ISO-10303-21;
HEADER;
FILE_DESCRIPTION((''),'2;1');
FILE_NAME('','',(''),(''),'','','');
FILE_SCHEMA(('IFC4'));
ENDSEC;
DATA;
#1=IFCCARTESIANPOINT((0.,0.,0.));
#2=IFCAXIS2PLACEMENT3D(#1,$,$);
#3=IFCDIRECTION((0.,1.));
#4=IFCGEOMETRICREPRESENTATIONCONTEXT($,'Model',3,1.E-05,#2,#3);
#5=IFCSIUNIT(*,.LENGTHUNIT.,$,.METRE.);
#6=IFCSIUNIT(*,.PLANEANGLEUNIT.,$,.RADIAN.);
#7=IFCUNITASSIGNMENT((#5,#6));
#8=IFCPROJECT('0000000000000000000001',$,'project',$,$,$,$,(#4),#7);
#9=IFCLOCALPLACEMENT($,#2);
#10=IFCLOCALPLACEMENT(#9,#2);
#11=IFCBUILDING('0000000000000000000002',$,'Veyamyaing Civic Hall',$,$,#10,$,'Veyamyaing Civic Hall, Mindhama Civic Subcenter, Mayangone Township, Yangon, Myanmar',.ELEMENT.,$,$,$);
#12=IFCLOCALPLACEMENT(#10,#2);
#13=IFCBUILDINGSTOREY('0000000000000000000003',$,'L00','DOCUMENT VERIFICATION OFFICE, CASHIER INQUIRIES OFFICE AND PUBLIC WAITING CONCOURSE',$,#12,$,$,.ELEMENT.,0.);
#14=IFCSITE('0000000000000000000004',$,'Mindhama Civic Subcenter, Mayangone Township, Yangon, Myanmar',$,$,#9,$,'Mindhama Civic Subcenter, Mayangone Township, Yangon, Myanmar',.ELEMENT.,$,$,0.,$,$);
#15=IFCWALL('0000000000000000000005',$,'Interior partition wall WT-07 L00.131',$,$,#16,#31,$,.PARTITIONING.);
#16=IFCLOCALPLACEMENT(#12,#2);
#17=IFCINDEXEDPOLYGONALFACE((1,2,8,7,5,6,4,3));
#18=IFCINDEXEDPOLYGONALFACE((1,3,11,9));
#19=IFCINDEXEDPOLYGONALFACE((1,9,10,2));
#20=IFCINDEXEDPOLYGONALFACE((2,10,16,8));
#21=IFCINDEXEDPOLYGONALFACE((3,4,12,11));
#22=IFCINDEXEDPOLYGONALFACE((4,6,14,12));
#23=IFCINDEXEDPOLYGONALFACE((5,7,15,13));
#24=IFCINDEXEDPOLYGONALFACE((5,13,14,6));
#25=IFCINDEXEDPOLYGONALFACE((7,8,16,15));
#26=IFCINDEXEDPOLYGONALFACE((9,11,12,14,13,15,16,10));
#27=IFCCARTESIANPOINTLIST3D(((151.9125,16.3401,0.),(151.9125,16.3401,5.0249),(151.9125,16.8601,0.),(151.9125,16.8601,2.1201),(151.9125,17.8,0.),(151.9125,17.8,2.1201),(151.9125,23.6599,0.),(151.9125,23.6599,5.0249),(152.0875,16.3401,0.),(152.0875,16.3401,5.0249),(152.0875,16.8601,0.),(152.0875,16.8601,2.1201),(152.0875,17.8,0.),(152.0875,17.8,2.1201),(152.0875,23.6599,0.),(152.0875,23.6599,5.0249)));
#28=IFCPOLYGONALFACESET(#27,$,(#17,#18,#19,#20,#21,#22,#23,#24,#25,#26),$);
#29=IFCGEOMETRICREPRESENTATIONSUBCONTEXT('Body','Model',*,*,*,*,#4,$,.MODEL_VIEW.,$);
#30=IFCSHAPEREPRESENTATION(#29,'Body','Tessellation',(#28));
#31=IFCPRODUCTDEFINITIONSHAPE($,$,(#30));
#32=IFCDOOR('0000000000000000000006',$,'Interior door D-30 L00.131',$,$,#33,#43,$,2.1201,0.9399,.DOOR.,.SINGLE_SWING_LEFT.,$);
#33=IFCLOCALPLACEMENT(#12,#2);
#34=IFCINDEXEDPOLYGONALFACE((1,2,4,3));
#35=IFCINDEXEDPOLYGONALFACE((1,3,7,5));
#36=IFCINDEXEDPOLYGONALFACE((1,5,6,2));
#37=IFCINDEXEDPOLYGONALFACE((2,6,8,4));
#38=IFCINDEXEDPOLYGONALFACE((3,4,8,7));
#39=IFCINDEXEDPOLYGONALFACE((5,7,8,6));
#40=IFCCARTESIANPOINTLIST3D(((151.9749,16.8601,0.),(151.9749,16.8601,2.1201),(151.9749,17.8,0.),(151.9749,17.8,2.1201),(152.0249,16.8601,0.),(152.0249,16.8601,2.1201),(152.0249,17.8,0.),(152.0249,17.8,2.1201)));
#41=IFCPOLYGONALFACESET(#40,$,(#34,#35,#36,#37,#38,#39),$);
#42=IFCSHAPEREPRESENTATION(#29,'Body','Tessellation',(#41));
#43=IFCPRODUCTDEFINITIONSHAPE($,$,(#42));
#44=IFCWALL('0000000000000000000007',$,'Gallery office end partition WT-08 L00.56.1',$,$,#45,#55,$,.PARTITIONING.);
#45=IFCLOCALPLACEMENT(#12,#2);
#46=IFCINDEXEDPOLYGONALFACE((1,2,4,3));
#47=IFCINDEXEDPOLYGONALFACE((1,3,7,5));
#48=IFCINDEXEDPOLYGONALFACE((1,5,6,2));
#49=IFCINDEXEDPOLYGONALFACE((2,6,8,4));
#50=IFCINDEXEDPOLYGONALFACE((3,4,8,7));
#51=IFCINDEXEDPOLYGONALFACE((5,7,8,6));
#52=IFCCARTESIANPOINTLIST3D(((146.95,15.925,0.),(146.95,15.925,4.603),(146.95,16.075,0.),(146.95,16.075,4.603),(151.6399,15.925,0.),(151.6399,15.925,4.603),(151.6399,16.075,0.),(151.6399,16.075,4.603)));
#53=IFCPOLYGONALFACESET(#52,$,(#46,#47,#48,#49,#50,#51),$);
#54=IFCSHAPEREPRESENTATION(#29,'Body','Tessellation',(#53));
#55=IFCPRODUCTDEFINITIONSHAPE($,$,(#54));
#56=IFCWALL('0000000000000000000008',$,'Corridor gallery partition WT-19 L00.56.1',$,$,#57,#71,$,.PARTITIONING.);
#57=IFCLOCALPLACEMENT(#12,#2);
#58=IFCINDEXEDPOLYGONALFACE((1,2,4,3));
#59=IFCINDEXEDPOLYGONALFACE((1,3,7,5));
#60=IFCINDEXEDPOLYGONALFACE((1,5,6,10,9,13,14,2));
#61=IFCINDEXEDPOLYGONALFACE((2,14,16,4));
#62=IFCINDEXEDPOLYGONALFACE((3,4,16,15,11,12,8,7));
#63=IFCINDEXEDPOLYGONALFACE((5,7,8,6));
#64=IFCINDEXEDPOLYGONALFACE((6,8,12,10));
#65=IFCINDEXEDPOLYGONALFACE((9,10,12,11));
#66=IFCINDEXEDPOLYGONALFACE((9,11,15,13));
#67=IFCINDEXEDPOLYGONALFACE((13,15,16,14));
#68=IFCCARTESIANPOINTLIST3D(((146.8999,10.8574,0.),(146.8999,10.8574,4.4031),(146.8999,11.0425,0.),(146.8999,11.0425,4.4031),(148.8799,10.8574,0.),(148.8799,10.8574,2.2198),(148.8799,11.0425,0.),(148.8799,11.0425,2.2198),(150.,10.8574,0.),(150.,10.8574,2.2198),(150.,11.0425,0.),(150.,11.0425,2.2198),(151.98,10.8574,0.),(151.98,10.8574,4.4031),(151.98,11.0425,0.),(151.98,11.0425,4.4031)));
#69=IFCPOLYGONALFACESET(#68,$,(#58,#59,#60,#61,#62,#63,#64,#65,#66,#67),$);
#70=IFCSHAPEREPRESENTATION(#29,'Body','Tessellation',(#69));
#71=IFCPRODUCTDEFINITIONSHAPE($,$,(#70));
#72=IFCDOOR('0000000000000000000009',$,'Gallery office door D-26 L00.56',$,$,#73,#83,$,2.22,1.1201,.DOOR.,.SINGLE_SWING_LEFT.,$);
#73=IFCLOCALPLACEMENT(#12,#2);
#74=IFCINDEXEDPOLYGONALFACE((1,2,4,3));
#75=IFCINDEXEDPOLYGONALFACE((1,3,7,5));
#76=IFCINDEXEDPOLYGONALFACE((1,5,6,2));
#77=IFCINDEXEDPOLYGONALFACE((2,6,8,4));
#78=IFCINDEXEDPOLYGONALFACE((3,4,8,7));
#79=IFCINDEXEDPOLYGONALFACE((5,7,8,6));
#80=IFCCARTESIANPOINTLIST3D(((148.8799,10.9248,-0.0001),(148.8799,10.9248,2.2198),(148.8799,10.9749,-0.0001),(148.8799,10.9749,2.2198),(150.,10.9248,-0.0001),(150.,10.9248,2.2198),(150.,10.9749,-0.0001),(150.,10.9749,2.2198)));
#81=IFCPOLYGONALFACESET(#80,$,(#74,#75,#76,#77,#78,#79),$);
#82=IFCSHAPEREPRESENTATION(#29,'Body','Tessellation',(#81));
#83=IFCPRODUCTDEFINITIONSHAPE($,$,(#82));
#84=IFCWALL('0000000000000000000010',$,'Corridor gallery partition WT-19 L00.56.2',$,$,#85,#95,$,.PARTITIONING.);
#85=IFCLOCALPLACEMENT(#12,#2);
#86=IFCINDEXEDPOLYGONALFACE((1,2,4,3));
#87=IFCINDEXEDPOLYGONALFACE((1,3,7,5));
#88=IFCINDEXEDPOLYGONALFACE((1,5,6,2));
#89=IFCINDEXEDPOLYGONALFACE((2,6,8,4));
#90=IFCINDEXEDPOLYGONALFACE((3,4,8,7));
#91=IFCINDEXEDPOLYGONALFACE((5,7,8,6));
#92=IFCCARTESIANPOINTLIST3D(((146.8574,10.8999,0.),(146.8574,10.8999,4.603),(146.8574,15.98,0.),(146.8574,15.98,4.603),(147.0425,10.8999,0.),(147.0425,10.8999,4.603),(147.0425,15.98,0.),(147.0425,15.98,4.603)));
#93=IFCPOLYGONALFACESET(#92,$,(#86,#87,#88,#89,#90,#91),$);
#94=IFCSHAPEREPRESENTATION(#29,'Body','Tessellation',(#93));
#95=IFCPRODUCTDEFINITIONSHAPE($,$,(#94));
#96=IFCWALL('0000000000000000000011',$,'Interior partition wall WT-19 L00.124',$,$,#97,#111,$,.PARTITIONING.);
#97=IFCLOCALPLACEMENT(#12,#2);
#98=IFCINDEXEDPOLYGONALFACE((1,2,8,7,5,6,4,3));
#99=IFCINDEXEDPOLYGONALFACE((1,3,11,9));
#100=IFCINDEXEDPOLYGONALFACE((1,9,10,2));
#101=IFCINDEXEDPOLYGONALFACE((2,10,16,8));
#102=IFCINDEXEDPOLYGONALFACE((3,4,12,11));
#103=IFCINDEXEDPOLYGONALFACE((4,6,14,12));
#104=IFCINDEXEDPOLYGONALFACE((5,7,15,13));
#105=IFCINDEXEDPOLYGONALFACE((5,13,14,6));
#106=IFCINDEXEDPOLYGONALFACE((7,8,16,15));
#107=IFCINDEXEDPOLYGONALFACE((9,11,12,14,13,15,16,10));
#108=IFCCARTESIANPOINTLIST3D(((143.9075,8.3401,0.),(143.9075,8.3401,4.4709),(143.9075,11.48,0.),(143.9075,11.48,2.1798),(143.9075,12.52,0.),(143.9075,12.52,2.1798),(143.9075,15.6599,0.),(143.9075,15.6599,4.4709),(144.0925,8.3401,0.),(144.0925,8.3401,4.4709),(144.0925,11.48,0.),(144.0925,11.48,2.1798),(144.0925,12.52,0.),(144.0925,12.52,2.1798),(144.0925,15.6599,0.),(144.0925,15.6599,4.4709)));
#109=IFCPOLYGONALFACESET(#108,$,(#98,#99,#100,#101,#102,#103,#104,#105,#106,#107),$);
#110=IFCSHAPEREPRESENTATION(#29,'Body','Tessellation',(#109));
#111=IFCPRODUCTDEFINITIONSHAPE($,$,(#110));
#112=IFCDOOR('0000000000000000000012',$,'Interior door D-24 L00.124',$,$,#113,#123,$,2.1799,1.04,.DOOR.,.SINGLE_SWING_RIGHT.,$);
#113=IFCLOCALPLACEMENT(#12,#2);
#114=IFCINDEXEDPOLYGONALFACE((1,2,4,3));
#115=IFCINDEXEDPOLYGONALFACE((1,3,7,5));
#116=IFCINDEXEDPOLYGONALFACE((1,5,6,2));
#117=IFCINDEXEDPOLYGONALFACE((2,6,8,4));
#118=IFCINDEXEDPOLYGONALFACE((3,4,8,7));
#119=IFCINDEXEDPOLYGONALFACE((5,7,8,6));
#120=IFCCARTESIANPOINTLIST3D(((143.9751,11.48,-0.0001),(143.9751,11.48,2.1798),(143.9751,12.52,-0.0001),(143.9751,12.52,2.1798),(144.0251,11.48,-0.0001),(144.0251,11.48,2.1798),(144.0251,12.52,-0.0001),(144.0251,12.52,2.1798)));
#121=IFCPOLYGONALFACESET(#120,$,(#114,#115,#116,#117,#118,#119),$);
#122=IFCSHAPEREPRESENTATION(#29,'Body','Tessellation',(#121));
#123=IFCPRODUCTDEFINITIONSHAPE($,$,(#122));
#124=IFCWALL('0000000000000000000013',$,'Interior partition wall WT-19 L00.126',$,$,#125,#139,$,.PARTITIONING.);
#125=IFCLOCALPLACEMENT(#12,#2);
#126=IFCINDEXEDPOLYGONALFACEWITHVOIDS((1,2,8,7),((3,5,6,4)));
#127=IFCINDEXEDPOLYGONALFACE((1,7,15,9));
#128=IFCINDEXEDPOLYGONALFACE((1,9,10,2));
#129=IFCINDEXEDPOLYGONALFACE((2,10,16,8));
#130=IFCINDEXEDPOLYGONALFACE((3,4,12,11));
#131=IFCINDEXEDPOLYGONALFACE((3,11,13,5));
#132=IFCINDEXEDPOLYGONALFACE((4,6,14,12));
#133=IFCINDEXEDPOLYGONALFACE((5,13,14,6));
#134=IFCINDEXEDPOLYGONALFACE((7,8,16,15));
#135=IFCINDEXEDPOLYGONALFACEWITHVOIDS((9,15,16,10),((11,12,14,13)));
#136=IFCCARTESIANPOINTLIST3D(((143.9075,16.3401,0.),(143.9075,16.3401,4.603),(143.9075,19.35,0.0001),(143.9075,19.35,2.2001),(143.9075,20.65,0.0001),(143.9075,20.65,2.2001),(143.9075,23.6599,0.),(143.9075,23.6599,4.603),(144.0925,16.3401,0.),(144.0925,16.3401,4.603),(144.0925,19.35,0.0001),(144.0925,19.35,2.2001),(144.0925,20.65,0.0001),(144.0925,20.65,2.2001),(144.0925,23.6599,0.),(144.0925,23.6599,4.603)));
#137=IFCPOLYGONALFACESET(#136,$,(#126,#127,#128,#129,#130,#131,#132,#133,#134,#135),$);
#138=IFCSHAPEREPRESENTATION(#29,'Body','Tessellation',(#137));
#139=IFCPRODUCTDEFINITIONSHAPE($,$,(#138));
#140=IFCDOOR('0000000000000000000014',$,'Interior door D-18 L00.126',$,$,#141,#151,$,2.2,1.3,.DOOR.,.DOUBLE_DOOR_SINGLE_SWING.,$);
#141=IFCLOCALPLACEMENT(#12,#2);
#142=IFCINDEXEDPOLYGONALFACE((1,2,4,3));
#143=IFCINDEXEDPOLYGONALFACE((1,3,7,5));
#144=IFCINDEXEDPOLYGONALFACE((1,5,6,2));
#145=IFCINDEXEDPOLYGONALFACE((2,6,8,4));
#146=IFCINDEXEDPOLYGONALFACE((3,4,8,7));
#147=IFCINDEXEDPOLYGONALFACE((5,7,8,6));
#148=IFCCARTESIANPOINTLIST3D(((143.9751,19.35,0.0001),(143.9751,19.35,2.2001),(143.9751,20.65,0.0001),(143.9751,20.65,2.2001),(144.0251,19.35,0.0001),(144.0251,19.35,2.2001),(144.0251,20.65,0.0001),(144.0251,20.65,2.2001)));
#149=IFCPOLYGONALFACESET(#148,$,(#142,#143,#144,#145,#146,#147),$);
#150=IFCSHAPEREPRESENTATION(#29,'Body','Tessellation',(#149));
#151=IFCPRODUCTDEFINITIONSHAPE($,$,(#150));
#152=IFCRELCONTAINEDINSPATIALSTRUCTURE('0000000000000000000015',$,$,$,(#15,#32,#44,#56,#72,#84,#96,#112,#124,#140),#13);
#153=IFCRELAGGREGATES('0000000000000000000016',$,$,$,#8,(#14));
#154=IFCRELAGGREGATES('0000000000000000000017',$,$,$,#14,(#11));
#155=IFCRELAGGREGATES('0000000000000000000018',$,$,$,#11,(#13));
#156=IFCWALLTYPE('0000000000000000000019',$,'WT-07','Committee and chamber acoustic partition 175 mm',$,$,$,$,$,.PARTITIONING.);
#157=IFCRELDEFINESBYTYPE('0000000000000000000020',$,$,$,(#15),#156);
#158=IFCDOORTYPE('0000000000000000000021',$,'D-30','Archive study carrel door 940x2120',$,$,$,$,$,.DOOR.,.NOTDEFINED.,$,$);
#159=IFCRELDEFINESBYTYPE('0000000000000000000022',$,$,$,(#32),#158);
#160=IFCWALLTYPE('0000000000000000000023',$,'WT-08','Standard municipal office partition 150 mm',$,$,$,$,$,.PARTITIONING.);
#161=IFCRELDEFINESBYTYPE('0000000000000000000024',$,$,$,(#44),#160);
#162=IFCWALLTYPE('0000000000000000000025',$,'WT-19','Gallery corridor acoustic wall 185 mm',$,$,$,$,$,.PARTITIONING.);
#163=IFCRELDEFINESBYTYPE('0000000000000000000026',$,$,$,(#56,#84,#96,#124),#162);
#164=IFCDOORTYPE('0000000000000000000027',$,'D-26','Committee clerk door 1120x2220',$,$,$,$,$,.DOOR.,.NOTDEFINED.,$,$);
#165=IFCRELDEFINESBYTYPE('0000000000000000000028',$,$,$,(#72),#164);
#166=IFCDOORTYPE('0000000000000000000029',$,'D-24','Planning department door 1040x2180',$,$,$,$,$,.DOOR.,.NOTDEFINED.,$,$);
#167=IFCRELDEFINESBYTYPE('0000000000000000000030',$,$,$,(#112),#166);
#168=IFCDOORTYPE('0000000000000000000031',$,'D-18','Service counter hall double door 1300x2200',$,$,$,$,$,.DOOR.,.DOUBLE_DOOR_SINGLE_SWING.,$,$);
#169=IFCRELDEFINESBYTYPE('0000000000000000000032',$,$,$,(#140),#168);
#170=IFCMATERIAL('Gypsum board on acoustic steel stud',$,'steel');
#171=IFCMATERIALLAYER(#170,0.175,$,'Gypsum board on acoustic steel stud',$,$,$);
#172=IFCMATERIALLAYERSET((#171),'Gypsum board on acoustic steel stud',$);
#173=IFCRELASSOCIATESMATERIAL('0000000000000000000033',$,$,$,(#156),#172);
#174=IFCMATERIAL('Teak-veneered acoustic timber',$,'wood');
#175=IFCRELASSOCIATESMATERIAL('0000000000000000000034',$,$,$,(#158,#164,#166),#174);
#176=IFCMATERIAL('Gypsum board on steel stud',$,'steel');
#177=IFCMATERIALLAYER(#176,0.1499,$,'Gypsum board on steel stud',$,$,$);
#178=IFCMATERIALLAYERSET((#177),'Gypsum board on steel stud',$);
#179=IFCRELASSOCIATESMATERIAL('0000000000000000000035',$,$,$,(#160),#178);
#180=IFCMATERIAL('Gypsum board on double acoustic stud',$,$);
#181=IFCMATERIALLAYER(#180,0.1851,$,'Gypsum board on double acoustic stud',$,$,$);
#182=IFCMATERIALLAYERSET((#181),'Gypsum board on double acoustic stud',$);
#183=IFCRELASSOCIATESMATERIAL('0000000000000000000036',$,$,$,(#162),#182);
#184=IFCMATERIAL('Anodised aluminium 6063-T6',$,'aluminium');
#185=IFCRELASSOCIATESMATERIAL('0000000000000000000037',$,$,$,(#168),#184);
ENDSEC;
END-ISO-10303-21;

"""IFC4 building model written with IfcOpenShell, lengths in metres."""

from ifc_helpers import new_model, si_unit, direction, frame, frame_2d, origin, place, context, subcontext, project, spatial, rectangle, extrude, material, layer, layer_set, type_object, element, fill, save


model = new_model("IFC4")

# Units and contexts
model_context = context("Model", 3, precision=1e-05, world=origin(), true_north=direction((0.0, 1.0)))
body_context = subcontext(model_context, "Body", "Model", "MODEL_VIEW")
ifc_project = project(units=[si_unit("LENGTHUNIT", "METRE"), si_unit("PLANEANGLEUNIT", "RADIAN")], contexts=[model_context])

# Site, building, storey
site_placement = place(None, origin())
site = spatial("IfcSite", under=ifc_project, at=site_placement, Name="Mindhama Civic Subcenter, Mayangone Township, Yangon, Myanmar", LongName="Mindhama Civic Subcenter, Mayangone Township, Yangon, Myanmar", CompositionType="ELEMENT", RefElevation=0.0)
building_placement = place(site_placement, origin())
building = spatial("IfcBuilding", under=site, at=building_placement, Name="Veyamyaing Civic Hall", LongName="Veyamyaing Civic Hall, Mindhama Civic Subcenter, Mayangone Township, Yangon, Myanmar", CompositionType="ELEMENT")
storey_placement = place(building_placement, origin())
storey = spatial("IfcBuildingStorey", under=building, at=storey_placement, Name="L00", Description="DOCUMENT VERIFICATION OFFICE, CASHIER INQUIRIES OFFICE AND PUBLIC WAITING CONCOURSE", CompositionType="ELEMENT", Elevation=0.0)

# Wall, opening, door
ifc_material_1 = material(Name="Gypsum board on acoustic steel stud", Category="steel")
ifc_layer_1 = layer(ifc_material_1, 0.175, Name="Gypsum board on acoustic steel stud")
ifc_layer_set_1 = layer_set([ifc_layer_1], Name="Gypsum board on acoustic steel stud")
wall_type_1 = type_object("IfcWallType", Name="WT-07", Description="Committee and chamber acoustic partition 175 mm", PredefinedType="PARTITIONING", material=ifc_layer_set_1)
wall_1_placement = place(storey_placement, frame((152.0, 16.3401, 0.0), z_axis=(0.0, 0.0, 1.0), x_axis=(0.0, 1.0, 0.0)))
wall_1 = element("IfcWall", 1, at=wall_1_placement, inside=storey, type_object=wall_type_1, Name="Interior partition wall WT-07 L00.131", PredefinedType="PARTITIONING", context=body_context, shape_type="SweptSolid", body=[
    extrude(rectangle(XDim=7.3198, YDim=0.175, at=frame_2d((3.6599, 0.0))), origin(), (0.0, 0.0, 1.0), 5.0249),
])
opening_1_placement = place(wall_1_placement, frame((0.52, 0.0, 0.0)))
opening_1 = element("IfcOpeningElement", 2, at=opening_1_placement, cuts=wall_1, PredefinedType="OPENING", context=body_context, shape_type="SweptSolid", body=[
    extrude(rectangle(XDim=0.9399, YDim=2.1201, at=frame_2d((0.47, 1.0601))), frame((0.0, 0.0974, 0.0), z_axis=(0.0, -1.0, 0.0), x_axis=(1.0, 0.0, 0.0)), (0.0, 0.0, 1.0), 0.1951),
])
ifc_material_2 = material(Name="Teak-veneered acoustic timber", Category="wood")
door_type_1 = type_object("IfcDoorType", Name="D-30", Description="Archive study carrel door 940x2120", OperationType="NOTDEFINED", PredefinedType="DOOR", material=ifc_material_2)
door_1_placement = place(opening_1_placement, frame((0.9399, 0.0, 0.0), z_axis=(0.0, 0.0, 1.0), x_axis=(-1.0, 0.0, 0.0)))
door_1 = element("IfcDoor", 3, at=door_1_placement, inside=storey, type_object=door_type_1, Name="Interior door D-30 L00.131", OperationType="SINGLE_SWING_LEFT", OverallHeight=2.1201, OverallWidth=0.9399, PredefinedType="DOOR", context=body_context, shape_type="SweptSolid", body=[
    extrude(rectangle(XDim=0.9399, YDim=2.1201, at=frame_2d((0.47, 1.0601))), frame((0.0, 0.0249, 0.0), z_axis=(0.0, -1.0, 0.0), x_axis=(1.0, 0.0, 0.0)), (0.0, 0.0, 1.0), 0.05),
])
fill(opening_1, door_1)

# Wall
ifc_material_3 = material(Name="Gypsum board on steel stud", Category="steel")
ifc_layer_2 = layer(ifc_material_3, 0.1499, Name="Gypsum board on steel stud")
ifc_layer_set_2 = layer_set([ifc_layer_2], Name="Gypsum board on steel stud")
wall_type_2 = type_object("IfcWallType", Name="WT-08", Description="Standard municipal office partition 150 mm", PredefinedType="PARTITIONING", material=ifc_layer_set_2)
wall_2_placement = place(storey_placement, frame((146.95, 16.0, 0.0), z_axis=(0.0, 0.0, 1.0), x_axis=(1.0, 0.0, 0.0)))
element("IfcWall", 4, at=wall_2_placement, inside=storey, type_object=wall_type_2, Name="Gallery office end partition WT-08 L00.56.1", PredefinedType="PARTITIONING", context=body_context, shape_type="SweptSolid", body=[
    extrude(rectangle(XDim=4.6899, YDim=0.1499, at=frame_2d((2.345, 0.0))), origin(), (0.0, 0.0, 1.0), 4.603),
])

# Wall, opening, door
ifc_material_4 = material(Name="Gypsum board on double acoustic stud")
ifc_layer_3 = layer(ifc_material_4, 0.1851, Name="Gypsum board on double acoustic stud")
ifc_layer_set_3 = layer_set([ifc_layer_3], Name="Gypsum board on double acoustic stud")
wall_type_3 = type_object("IfcWallType", Name="WT-19", Description="Gallery corridor acoustic wall 185 mm", PredefinedType="PARTITIONING", material=ifc_layer_set_3)
wall_3_placement = place(storey_placement, frame((146.8999, 10.95, 0.0), z_axis=(0.0, 0.0, 1.0), x_axis=(1.0, 0.0, 0.0)))
wall_3 = element("IfcWall", 5, at=wall_3_placement, inside=storey, type_object=wall_type_3, Name="Corridor gallery partition WT-19 L00.56.1", PredefinedType="PARTITIONING", context=body_context, shape_type="SweptSolid", body=[
    extrude(rectangle(XDim=5.0801, YDim=0.1851, at=frame_2d((2.54, 0.0))), origin(), (0.0, 0.0, 1.0), 4.4031),
])
opening_2_placement = place(wall_3_placement, frame((1.98, 0.0, 0.0)))
opening_2 = element("IfcOpeningElement", 6, at=opening_2_placement, cuts=wall_3, PredefinedType="OPENING", context=body_context, shape_type="SweptSolid", body=[
    extrude(rectangle(XDim=1.1201, YDim=2.22, at=frame_2d((0.5601, 1.1099))), frame((0.0, 0.1025, 0.0), z_axis=(0.0, -1.0, 0.0), x_axis=(1.0, 0.0, 0.0)), (0.0, 0.0, 1.0), 0.2051),
])
door_type_2 = type_object("IfcDoorType", Name="D-26", Description="Committee clerk door 1120x2220", OperationType="NOTDEFINED", PredefinedType="DOOR", material=ifc_material_2)
door_2_placement = place(opening_2_placement, origin())
door_2 = element("IfcDoor", 7, at=door_2_placement, inside=storey, type_object=door_type_2, Name="Gallery office door D-26 L00.56", OperationType="SINGLE_SWING_LEFT", OverallHeight=2.22, OverallWidth=1.1201, PredefinedType="DOOR", context=body_context, shape_type="SweptSolid", body=[
    extrude(rectangle(XDim=1.1201, YDim=2.22, at=frame_2d((0.5601, 1.1099))), frame((0.0, 0.0249, 0.0), z_axis=(0.0, -1.0, 0.0), x_axis=(1.0, 0.0, 0.0)), (0.0, 0.0, 1.0), 0.05),
])
fill(opening_2, door_2)

# Wall
wall_4_placement = place(storey_placement, frame((146.95, 10.8999, 0.0), z_axis=(0.0, 0.0, 1.0), x_axis=(0.0, 1.0, 0.0)))
element("IfcWall", 8, at=wall_4_placement, inside=storey, type_object=wall_type_3, Name="Corridor gallery partition WT-19 L00.56.2", PredefinedType="PARTITIONING", context=body_context, shape_type="SweptSolid", body=[
    extrude(rectangle(XDim=5.0801, YDim=0.1851, at=frame_2d((2.54, 0.0))), origin(), (0.0, 0.0, 1.0), 4.603),
])

# Walls, openings, doors
wall_5_placement = place(storey_placement, frame((144.0, 8.3401, 0.0), z_axis=(0.0, 0.0, 1.0), x_axis=(0.0, 1.0, 0.0)))
wall_5 = element("IfcWall", 9, at=wall_5_placement, inside=storey, type_object=wall_type_3, Name="Interior partition wall WT-19 L00.124", PredefinedType="PARTITIONING", context=body_context, shape_type="SweptSolid", body=[
    extrude(rectangle(XDim=7.3198, YDim=0.1851, at=frame_2d((3.6599, 0.0))), origin(), (0.0, 0.0, 1.0), 4.4709),
])
opening_3_placement = place(wall_5_placement, frame((3.1399, 0.0, 0.0)))
opening_3 = element("IfcOpeningElement", 10, at=opening_3_placement, cuts=wall_5, PredefinedType="OPENING", context=body_context, shape_type="SweptSolid", body=[
    extrude(rectangle(XDim=1.04, YDim=2.1799, at=frame_2d((0.52, 1.0898))), frame((0.0, 0.1025, 0.0), z_axis=(0.0, -1.0, 0.0), x_axis=(1.0, 0.0, 0.0)), (0.0, 0.0, 1.0), 0.2051),
])
door_type_3 = type_object("IfcDoorType", Name="D-24", Description="Planning department door 1040x2180", OperationType="NOTDEFINED", PredefinedType="DOOR", material=ifc_material_2)
door_3_placement = place(opening_3_placement, origin())
door_3 = element("IfcDoor", 11, at=door_3_placement, inside=storey, type_object=door_type_3, Name="Interior door D-24 L00.124", OperationType="SINGLE_SWING_RIGHT", OverallHeight=2.1799, OverallWidth=1.04, PredefinedType="DOOR", context=body_context, shape_type="SweptSolid", body=[
    extrude(rectangle(XDim=1.04, YDim=2.1799, at=frame_2d((0.52, 1.0898))), frame((0.0, 0.0249, 0.0), z_axis=(0.0, -1.0, 0.0), x_axis=(1.0, 0.0, 0.0)), (0.0, 0.0, 1.0), 0.05),
])
fill(opening_3, door_3)
wall_6_placement = place(storey_placement, frame((144.0, 16.3401, 0.0), z_axis=(0.0, 0.0, 1.0), x_axis=(0.0, 1.0, 0.0)))
wall_6 = element("IfcWall", 12, at=wall_6_placement, inside=storey, type_object=wall_type_3, Name="Interior partition wall WT-19 L00.126", PredefinedType="PARTITIONING", context=body_context, shape_type="SweptSolid", body=[
    extrude(rectangle(XDim=7.3198, YDim=0.1851, at=frame_2d((3.6599, 0.0))), origin(), (0.0, 0.0, 1.0), 4.603),
])
opening_4_placement = place(wall_6_placement, frame((3.01, 0.0, 0.0)))
opening_4 = element("IfcOpeningElement", 13, at=opening_4_placement, cuts=wall_6, PredefinedType="OPENING", context=body_context, shape_type="SweptSolid", body=[
    extrude(rectangle(XDim=1.3, YDim=2.2, at=frame_2d((0.6499, 1.1001))), frame((0.0, 0.1025, 0.0), z_axis=(0.0, -1.0, 0.0), x_axis=(1.0, 0.0, 0.0)), (0.0, 0.0, 1.0), 0.2051),
])
ifc_material_5 = material(Name="Anodised aluminium 6063-T6", Category="aluminium")
door_type_4 = type_object("IfcDoorType", Name="D-18", Description="Service counter hall double door 1300x2200", OperationType="DOUBLE_DOOR_SINGLE_SWING", PredefinedType="DOOR", material=ifc_material_5)
door_4_placement = place(opening_4_placement, origin())
door_4 = element("IfcDoor", 14, at=door_4_placement, inside=storey, type_object=door_type_4, Name="Interior door D-18 L00.126", OperationType="DOUBLE_DOOR_SINGLE_SWING", OverallHeight=2.2, OverallWidth=1.3, PredefinedType="DOOR", context=body_context, shape_type="SweptSolid", body=[
    extrude(rectangle(XDim=1.3, YDim=2.2, at=frame_2d((0.6499, 1.1001))), frame((0.0, 0.0249, 0.0), z_axis=(0.0, -1.0, 0.0), x_axis=(1.0, 0.0, 0.0)), (0.0, 0.0, 1.0), 0.05),
])
fill(opening_4, door_4)

save(model, "model.ifc")
